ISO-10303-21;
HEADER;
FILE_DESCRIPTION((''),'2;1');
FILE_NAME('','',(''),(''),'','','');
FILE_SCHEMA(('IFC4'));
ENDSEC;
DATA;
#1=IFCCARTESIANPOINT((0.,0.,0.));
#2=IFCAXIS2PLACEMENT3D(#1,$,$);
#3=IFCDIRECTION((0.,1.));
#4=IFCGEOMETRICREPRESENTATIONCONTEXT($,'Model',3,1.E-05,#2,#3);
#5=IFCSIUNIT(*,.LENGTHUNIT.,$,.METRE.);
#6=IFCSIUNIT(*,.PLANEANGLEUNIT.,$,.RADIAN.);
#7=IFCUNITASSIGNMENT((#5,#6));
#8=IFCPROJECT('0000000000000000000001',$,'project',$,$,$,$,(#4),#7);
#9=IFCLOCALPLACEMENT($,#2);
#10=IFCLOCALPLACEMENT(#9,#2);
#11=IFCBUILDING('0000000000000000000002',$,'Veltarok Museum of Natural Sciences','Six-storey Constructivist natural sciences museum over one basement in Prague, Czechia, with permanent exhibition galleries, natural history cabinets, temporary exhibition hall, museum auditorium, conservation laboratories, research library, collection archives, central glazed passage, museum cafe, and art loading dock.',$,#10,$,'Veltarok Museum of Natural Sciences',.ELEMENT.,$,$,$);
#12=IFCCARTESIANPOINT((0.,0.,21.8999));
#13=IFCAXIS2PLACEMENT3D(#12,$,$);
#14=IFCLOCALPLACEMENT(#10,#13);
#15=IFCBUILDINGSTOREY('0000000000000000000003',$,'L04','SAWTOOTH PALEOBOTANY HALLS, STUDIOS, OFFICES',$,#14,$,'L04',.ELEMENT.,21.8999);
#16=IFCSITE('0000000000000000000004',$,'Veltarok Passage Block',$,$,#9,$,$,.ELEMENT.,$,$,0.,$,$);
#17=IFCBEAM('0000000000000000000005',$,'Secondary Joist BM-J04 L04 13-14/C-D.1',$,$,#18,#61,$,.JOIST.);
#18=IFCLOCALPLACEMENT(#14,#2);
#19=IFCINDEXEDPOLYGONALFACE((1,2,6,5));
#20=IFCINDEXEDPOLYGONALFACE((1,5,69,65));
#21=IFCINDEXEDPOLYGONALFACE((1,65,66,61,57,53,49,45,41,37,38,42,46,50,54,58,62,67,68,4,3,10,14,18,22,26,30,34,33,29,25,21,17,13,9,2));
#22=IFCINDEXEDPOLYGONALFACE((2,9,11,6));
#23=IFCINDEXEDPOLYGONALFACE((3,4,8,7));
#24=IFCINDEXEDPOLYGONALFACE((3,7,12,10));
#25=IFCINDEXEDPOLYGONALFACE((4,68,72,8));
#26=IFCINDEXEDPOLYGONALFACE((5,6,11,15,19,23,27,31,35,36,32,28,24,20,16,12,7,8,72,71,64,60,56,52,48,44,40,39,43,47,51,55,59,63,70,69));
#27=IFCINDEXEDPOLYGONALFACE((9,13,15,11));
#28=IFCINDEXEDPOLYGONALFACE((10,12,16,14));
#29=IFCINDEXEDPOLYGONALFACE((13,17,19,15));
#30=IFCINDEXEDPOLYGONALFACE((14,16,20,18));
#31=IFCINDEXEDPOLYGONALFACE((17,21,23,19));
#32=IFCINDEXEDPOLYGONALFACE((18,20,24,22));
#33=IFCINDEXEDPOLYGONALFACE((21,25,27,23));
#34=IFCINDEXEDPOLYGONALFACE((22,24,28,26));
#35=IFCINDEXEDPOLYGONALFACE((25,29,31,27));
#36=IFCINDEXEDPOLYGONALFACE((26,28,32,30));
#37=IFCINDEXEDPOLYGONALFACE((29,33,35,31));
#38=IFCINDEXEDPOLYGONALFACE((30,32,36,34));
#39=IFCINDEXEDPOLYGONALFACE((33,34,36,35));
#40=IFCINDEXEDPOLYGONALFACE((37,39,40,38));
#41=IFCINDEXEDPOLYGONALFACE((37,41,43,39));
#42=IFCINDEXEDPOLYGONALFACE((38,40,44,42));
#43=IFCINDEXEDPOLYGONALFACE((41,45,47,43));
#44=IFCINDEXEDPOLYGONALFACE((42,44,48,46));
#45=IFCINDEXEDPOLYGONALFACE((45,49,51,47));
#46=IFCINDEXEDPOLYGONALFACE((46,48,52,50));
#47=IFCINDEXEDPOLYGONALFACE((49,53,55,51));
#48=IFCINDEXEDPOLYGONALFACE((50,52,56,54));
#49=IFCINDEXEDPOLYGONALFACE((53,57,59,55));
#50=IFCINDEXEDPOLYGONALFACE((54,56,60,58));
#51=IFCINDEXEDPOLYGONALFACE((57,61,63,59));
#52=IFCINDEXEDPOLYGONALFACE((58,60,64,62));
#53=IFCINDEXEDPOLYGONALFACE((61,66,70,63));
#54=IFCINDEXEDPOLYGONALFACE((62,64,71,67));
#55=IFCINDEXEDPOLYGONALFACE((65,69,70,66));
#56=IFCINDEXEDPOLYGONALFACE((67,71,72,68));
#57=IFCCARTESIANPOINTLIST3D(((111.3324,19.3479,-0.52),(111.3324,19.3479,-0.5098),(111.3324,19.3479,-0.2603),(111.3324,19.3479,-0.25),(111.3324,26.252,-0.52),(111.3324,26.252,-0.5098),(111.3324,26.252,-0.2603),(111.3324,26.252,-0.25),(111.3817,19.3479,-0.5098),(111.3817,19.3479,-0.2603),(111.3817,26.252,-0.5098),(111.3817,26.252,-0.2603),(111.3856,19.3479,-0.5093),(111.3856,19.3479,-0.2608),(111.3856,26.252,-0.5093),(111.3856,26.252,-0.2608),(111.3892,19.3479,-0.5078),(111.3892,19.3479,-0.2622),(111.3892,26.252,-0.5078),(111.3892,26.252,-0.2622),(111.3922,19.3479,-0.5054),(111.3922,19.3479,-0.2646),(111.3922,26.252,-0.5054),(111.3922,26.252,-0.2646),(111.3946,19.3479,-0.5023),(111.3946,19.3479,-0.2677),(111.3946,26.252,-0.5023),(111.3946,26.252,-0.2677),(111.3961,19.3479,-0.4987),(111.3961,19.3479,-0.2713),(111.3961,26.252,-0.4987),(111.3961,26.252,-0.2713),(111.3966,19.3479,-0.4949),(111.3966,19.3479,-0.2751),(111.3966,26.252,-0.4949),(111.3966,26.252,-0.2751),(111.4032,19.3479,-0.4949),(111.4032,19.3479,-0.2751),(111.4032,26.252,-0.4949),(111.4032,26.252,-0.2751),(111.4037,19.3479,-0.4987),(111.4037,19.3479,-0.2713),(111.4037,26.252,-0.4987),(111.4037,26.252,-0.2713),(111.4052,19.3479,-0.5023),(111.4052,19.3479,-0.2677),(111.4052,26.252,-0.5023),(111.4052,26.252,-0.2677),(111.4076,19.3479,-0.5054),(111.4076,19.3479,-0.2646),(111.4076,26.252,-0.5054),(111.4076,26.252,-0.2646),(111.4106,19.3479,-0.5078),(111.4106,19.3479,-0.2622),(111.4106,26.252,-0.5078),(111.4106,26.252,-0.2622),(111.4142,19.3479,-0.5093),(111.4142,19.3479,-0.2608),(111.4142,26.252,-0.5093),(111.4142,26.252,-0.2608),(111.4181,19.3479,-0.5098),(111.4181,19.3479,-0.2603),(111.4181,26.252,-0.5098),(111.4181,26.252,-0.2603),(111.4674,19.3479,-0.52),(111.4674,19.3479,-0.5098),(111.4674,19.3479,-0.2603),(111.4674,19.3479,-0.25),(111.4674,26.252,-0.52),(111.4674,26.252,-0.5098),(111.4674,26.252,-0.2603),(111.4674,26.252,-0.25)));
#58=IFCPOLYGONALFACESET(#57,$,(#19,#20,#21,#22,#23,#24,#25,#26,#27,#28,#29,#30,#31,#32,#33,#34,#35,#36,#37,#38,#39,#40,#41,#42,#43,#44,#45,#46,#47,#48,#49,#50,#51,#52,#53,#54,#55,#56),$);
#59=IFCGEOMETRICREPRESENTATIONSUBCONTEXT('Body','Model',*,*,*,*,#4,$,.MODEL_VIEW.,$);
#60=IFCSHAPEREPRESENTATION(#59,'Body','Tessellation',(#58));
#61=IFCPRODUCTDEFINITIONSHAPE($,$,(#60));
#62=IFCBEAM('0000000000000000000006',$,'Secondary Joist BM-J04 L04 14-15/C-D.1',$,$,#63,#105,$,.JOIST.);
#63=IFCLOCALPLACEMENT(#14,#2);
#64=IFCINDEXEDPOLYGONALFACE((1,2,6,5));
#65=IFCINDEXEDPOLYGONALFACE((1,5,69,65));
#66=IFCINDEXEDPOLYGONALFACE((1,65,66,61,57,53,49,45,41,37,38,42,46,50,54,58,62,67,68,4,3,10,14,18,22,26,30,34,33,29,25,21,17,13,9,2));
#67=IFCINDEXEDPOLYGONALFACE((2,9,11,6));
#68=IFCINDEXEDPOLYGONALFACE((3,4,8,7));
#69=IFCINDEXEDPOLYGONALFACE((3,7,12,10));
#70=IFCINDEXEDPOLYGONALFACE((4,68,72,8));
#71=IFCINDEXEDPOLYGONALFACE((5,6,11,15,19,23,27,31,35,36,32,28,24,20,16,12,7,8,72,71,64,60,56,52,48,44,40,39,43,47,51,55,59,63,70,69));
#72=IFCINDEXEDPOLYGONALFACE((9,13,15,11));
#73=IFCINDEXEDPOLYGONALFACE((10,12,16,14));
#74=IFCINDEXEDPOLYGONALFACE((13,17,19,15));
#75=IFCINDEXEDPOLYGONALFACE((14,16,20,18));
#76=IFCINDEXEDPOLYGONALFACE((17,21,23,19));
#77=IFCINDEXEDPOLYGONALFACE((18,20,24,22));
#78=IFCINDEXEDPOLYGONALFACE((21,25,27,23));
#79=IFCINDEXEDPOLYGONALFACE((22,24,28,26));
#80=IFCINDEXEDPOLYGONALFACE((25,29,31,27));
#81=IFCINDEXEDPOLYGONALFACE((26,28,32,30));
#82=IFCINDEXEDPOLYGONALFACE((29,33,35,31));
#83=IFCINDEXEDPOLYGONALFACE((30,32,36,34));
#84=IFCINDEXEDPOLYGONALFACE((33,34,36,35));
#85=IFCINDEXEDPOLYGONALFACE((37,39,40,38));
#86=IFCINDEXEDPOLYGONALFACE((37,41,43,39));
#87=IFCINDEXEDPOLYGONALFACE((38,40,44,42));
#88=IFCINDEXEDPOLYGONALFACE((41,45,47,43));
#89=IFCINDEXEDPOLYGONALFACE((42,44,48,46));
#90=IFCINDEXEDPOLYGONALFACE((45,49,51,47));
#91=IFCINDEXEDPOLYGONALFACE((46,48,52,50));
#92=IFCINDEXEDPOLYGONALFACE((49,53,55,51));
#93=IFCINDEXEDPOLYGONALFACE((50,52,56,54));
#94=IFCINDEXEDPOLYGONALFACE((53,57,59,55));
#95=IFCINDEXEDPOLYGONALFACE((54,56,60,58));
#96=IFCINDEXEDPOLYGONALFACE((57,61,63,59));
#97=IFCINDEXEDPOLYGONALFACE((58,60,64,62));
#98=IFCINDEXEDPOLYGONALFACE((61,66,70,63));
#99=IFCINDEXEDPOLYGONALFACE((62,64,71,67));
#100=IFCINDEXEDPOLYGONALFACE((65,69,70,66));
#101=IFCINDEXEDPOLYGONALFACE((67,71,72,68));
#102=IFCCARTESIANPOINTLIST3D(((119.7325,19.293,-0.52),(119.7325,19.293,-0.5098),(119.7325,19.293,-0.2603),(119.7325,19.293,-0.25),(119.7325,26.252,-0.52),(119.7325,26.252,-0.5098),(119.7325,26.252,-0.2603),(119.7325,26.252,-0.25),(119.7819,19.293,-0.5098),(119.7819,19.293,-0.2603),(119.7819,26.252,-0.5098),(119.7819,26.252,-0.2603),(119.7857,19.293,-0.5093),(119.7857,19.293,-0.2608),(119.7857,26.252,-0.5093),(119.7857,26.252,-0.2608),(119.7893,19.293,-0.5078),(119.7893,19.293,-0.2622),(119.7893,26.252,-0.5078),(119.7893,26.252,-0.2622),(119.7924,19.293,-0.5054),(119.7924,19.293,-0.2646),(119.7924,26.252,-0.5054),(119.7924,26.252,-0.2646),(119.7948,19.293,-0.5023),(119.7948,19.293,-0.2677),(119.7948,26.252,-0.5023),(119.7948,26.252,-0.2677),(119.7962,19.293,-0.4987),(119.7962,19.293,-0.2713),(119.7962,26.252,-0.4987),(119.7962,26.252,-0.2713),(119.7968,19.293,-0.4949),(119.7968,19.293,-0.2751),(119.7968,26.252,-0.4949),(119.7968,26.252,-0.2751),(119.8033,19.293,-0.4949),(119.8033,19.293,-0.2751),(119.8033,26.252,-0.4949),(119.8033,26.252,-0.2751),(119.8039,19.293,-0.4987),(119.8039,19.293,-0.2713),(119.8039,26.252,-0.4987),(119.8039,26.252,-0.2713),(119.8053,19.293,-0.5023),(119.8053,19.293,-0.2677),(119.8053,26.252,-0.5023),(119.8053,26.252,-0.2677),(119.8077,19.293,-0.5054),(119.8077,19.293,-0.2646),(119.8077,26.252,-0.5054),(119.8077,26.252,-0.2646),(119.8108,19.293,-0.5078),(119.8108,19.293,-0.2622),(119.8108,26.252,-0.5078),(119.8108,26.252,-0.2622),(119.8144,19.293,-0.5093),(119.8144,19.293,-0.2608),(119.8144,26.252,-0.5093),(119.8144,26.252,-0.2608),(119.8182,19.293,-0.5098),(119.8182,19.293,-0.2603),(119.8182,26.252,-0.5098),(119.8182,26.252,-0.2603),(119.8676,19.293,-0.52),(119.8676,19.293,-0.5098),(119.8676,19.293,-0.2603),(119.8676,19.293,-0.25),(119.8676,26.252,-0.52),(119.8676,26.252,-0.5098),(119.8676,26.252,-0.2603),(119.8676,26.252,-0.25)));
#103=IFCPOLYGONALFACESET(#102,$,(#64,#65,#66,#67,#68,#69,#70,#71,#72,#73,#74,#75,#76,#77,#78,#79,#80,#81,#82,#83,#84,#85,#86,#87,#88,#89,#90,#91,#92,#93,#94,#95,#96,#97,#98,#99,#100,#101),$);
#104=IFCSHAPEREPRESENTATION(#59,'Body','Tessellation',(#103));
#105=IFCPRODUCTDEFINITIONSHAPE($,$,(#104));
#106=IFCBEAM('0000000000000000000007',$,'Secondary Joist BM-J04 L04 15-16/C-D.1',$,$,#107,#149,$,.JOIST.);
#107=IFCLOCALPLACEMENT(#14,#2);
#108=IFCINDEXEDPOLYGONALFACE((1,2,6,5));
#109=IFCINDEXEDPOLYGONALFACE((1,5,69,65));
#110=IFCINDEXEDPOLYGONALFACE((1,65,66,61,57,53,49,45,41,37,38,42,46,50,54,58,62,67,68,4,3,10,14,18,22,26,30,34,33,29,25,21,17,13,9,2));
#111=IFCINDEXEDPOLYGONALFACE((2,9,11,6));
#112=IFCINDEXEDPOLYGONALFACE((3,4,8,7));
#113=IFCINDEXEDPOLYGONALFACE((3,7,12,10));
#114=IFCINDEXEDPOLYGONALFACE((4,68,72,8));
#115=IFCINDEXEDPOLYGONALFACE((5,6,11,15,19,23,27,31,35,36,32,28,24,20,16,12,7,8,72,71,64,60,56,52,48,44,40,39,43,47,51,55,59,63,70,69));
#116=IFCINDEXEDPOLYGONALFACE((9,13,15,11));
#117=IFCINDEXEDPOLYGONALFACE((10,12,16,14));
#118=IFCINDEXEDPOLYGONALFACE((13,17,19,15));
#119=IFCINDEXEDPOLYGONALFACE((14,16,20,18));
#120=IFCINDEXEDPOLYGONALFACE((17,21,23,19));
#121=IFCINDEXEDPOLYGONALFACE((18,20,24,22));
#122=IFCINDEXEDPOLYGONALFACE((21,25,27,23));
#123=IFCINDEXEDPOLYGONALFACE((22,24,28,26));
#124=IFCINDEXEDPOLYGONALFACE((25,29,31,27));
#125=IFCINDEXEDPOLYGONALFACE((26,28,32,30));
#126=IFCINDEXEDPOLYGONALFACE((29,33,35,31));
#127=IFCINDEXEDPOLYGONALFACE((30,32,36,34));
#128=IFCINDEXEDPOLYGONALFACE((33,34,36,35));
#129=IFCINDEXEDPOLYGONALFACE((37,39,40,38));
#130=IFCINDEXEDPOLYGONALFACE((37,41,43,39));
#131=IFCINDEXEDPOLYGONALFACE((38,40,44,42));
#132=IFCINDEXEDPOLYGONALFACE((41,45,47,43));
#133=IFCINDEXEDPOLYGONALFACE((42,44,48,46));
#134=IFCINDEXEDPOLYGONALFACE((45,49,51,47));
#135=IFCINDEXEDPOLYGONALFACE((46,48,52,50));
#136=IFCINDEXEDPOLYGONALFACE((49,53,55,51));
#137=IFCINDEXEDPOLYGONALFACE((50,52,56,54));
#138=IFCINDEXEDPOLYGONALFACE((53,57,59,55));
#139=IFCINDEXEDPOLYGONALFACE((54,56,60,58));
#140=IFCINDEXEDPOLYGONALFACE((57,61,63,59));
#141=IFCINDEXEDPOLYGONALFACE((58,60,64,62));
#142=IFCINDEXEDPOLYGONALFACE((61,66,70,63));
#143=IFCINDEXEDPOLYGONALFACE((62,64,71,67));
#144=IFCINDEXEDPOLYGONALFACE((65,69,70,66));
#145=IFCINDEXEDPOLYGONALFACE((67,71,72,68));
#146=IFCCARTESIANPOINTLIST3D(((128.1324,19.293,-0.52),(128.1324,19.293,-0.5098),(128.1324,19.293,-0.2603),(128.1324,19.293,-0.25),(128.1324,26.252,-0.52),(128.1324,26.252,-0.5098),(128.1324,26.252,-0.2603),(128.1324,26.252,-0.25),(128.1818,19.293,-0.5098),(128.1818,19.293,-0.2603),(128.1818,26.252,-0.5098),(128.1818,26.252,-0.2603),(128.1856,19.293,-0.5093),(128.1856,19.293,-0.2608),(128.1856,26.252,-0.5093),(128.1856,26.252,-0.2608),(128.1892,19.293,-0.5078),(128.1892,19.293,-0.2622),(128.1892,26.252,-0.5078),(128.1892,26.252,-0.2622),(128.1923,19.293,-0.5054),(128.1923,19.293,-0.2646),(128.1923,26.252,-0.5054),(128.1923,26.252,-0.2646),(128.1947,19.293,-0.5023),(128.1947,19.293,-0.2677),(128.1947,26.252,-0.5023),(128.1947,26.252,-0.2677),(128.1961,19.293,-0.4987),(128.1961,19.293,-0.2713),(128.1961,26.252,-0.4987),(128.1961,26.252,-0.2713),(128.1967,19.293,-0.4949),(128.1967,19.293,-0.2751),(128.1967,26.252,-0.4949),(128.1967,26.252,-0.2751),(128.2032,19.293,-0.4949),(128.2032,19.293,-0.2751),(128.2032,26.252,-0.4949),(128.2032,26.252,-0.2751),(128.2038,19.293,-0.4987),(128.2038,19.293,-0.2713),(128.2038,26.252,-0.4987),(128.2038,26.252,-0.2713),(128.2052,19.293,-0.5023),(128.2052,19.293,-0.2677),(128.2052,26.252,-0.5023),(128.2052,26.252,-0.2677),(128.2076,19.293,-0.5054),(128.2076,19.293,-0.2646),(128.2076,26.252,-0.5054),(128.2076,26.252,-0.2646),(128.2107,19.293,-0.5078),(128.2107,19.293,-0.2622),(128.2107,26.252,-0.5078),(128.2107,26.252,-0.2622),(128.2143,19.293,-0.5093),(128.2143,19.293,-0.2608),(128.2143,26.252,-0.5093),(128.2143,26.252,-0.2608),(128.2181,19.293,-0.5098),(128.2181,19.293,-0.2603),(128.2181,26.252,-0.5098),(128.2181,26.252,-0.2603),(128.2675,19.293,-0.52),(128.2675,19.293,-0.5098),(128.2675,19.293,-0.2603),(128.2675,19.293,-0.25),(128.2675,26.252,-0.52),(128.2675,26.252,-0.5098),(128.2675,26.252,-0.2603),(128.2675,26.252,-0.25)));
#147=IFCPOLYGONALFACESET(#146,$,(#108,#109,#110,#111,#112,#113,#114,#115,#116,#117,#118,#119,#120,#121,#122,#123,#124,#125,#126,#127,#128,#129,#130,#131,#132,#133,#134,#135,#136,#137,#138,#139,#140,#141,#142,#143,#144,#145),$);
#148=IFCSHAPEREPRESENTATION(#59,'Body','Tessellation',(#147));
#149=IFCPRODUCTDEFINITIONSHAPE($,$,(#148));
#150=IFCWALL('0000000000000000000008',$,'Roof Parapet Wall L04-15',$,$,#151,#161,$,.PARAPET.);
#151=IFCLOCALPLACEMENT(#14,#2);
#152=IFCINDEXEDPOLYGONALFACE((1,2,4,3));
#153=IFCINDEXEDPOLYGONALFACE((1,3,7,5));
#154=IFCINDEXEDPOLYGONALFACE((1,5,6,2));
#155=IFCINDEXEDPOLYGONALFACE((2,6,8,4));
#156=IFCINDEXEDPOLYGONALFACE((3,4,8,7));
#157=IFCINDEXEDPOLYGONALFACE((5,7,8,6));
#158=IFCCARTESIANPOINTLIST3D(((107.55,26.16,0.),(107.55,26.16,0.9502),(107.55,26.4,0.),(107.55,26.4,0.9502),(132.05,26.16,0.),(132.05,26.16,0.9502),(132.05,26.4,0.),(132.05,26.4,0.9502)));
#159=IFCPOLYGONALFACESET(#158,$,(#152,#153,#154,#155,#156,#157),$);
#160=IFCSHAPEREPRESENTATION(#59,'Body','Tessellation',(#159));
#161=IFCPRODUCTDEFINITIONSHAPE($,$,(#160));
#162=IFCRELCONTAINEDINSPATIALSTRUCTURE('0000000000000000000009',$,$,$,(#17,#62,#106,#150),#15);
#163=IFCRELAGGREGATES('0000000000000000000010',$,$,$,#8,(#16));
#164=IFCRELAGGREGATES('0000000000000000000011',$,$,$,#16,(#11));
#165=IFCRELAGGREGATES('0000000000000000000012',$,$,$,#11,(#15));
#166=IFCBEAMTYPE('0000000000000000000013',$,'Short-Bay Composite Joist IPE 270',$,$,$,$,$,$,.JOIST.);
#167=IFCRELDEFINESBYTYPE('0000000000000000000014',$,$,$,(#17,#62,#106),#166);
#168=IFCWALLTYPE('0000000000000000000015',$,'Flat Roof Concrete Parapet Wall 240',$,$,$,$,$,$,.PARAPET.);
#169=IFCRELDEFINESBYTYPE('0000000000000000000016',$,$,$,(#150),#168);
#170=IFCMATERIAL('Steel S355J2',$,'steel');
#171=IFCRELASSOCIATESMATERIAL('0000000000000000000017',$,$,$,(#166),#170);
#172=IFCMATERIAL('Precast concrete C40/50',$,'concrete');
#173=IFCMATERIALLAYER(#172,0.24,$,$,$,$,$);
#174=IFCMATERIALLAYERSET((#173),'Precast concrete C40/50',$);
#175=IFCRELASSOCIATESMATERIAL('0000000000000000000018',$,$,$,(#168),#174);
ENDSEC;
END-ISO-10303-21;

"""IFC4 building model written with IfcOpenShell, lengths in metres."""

from ifc_helpers import new_model, si_unit, direction, frame, frame_2d, origin, origin_2d, place, context, subcontext, project, spatial, rectangle, i_section, extrude, material, layer, layer_set, material_profile, profile_set, type_object, element, save


model = new_model("IFC4")

# Units and contexts
model_context = context("Model", 3, precision=1e-05, world=origin(), true_north=direction((0.0, 1.0)))
body_context = subcontext(model_context, "Body", "Model", "MODEL_VIEW")
ifc_project = project(units=[si_unit("LENGTHUNIT", "METRE"), si_unit("PLANEANGLEUNIT", "RADIAN")], contexts=[model_context])

# Site, building, storey
site_placement = place(None, origin())
site = spatial("IfcSite", under=ifc_project, at=site_placement, Name="Veltarok Passage Block", CompositionType="ELEMENT", RefElevation=0.0)
building_placement = place(site_placement, origin())
building = spatial("IfcBuilding", under=site, at=building_placement, Name="Veltarok Museum of Natural Sciences", Description="Six-storey Constructivist natural sciences museum over one basement in Prague, Czechia, with permanent exhibition galleries, natural history cabinets, temporary exhibition hall, museum auditorium, conservation laboratories, research library, collection archives, central glazed passage, museum cafe, and art loading dock.", LongName="Veltarok Museum of Natural Sciences", CompositionType="ELEMENT")
storey_placement = place(building_placement, frame((0.0, 0.0, 21.8999)))
storey = spatial("IfcBuildingStorey", under=building, at=storey_placement, Name="L04", Description="SAWTOOTH PALEOBOTANY HALLS, STUDIOS, OFFICES", LongName="L04", CompositionType="ELEMENT", Elevation=21.8999)

# Shared definitions
ifc_material_1 = material(Name="Steel S355J2", Category="steel")

# Beams
ifc_material_2 = material(Name="Precast concrete C40/50", Category="concrete")
ifc_material_profile_1 = material_profile(ifc_material_1, i_section(OverallWidth=0.135, OverallDepth=0.27, WebThickness=0.0066, FlangeThickness=0.0103, FilletRadius=0.0149, at=origin_2d()), Name="IPE 270")
ifc_profile_set_1 = profile_set([ifc_material_profile_1], Name="Steel S355J2")
beam_type_1 = type_object("IfcBeamType", Name="Short-Bay Composite Joist IPE 270", PredefinedType="JOIST", material=ifc_profile_set_1)
beam_1_placement = place(storey_placement, frame((111.3999, 19.3479, -0.385), z_axis=(0.0, 1.0, 0.0), x_axis=(-1.0, 0.0, 0.0)))
element("IfcBeam", 1, at=beam_1_placement, inside=storey, type_object=beam_type_1, Name="Secondary Joist BM-J04 L04 13-14/C-D.1", PredefinedType="JOIST", context=body_context, shape_type="SweptSolid", body=[
    extrude(i_section(OverallWidth=0.135, OverallDepth=0.27, WebThickness=0.0066, FlangeThickness=0.0103, FilletRadius=0.0149, at=origin_2d()), origin(), (0.0, 0.0, 1.0), 6.9041),
])
for number, where, z_axis, x_axis, name in (
    (2, (119.8, 19.293, -0.385), (0.0, 1.0, 0.0), (-1.0, 0.0, 0.0), "Secondary Joist BM-J04 L04 14-15/C-D.1"),
    (3, (128.2, 19.293, -0.385), (0.0, 1.0, 0.0), (-1.0, 0.0, 0.0), "Secondary Joist BM-J04 L04 15-16/C-D.1"),
):
    element("IfcBeam", number, at=place(storey_placement, frame(where, z_axis=z_axis, x_axis=x_axis)), inside=storey, type_object=beam_type_1, Name=name, PredefinedType="JOIST", context=body_context, shape_type="SweptSolid", body=[
        extrude(i_section(OverallWidth=0.135, OverallDepth=0.27, WebThickness=0.0066, FlangeThickness=0.0103, FilletRadius=0.0149, at=origin_2d()), origin(), (0.0, 0.0, 1.0), 6.959),
    ])

# Wall
ifc_layer = layer(ifc_material_2, 0.24)
ifc_layer_set = layer_set([ifc_layer], Name="Precast concrete C40/50")
wall_type = type_object("IfcWallType", Name="Flat Roof Concrete Parapet Wall 240", PredefinedType="PARAPET", material=ifc_layer_set)
wall_placement = place(storey_placement, frame((107.55, 26.28, 0.0), z_axis=(0.0, 0.0, 1.0), x_axis=(1.0, 0.0, 0.0)))
element("IfcWall", 4, at=wall_placement, inside=storey, type_object=wall_type, Name="Roof Parapet Wall L04-15", PredefinedType="PARAPET", context=body_context, shape_type="SweptSolid", body=[
    extrude(rectangle(XDim=24.5, YDim=0.24, at=frame_2d((12.25, 0.0))), origin(), (0.0, 0.0, 1.0), 0.9502),
])

save(model, "model.ifc")
